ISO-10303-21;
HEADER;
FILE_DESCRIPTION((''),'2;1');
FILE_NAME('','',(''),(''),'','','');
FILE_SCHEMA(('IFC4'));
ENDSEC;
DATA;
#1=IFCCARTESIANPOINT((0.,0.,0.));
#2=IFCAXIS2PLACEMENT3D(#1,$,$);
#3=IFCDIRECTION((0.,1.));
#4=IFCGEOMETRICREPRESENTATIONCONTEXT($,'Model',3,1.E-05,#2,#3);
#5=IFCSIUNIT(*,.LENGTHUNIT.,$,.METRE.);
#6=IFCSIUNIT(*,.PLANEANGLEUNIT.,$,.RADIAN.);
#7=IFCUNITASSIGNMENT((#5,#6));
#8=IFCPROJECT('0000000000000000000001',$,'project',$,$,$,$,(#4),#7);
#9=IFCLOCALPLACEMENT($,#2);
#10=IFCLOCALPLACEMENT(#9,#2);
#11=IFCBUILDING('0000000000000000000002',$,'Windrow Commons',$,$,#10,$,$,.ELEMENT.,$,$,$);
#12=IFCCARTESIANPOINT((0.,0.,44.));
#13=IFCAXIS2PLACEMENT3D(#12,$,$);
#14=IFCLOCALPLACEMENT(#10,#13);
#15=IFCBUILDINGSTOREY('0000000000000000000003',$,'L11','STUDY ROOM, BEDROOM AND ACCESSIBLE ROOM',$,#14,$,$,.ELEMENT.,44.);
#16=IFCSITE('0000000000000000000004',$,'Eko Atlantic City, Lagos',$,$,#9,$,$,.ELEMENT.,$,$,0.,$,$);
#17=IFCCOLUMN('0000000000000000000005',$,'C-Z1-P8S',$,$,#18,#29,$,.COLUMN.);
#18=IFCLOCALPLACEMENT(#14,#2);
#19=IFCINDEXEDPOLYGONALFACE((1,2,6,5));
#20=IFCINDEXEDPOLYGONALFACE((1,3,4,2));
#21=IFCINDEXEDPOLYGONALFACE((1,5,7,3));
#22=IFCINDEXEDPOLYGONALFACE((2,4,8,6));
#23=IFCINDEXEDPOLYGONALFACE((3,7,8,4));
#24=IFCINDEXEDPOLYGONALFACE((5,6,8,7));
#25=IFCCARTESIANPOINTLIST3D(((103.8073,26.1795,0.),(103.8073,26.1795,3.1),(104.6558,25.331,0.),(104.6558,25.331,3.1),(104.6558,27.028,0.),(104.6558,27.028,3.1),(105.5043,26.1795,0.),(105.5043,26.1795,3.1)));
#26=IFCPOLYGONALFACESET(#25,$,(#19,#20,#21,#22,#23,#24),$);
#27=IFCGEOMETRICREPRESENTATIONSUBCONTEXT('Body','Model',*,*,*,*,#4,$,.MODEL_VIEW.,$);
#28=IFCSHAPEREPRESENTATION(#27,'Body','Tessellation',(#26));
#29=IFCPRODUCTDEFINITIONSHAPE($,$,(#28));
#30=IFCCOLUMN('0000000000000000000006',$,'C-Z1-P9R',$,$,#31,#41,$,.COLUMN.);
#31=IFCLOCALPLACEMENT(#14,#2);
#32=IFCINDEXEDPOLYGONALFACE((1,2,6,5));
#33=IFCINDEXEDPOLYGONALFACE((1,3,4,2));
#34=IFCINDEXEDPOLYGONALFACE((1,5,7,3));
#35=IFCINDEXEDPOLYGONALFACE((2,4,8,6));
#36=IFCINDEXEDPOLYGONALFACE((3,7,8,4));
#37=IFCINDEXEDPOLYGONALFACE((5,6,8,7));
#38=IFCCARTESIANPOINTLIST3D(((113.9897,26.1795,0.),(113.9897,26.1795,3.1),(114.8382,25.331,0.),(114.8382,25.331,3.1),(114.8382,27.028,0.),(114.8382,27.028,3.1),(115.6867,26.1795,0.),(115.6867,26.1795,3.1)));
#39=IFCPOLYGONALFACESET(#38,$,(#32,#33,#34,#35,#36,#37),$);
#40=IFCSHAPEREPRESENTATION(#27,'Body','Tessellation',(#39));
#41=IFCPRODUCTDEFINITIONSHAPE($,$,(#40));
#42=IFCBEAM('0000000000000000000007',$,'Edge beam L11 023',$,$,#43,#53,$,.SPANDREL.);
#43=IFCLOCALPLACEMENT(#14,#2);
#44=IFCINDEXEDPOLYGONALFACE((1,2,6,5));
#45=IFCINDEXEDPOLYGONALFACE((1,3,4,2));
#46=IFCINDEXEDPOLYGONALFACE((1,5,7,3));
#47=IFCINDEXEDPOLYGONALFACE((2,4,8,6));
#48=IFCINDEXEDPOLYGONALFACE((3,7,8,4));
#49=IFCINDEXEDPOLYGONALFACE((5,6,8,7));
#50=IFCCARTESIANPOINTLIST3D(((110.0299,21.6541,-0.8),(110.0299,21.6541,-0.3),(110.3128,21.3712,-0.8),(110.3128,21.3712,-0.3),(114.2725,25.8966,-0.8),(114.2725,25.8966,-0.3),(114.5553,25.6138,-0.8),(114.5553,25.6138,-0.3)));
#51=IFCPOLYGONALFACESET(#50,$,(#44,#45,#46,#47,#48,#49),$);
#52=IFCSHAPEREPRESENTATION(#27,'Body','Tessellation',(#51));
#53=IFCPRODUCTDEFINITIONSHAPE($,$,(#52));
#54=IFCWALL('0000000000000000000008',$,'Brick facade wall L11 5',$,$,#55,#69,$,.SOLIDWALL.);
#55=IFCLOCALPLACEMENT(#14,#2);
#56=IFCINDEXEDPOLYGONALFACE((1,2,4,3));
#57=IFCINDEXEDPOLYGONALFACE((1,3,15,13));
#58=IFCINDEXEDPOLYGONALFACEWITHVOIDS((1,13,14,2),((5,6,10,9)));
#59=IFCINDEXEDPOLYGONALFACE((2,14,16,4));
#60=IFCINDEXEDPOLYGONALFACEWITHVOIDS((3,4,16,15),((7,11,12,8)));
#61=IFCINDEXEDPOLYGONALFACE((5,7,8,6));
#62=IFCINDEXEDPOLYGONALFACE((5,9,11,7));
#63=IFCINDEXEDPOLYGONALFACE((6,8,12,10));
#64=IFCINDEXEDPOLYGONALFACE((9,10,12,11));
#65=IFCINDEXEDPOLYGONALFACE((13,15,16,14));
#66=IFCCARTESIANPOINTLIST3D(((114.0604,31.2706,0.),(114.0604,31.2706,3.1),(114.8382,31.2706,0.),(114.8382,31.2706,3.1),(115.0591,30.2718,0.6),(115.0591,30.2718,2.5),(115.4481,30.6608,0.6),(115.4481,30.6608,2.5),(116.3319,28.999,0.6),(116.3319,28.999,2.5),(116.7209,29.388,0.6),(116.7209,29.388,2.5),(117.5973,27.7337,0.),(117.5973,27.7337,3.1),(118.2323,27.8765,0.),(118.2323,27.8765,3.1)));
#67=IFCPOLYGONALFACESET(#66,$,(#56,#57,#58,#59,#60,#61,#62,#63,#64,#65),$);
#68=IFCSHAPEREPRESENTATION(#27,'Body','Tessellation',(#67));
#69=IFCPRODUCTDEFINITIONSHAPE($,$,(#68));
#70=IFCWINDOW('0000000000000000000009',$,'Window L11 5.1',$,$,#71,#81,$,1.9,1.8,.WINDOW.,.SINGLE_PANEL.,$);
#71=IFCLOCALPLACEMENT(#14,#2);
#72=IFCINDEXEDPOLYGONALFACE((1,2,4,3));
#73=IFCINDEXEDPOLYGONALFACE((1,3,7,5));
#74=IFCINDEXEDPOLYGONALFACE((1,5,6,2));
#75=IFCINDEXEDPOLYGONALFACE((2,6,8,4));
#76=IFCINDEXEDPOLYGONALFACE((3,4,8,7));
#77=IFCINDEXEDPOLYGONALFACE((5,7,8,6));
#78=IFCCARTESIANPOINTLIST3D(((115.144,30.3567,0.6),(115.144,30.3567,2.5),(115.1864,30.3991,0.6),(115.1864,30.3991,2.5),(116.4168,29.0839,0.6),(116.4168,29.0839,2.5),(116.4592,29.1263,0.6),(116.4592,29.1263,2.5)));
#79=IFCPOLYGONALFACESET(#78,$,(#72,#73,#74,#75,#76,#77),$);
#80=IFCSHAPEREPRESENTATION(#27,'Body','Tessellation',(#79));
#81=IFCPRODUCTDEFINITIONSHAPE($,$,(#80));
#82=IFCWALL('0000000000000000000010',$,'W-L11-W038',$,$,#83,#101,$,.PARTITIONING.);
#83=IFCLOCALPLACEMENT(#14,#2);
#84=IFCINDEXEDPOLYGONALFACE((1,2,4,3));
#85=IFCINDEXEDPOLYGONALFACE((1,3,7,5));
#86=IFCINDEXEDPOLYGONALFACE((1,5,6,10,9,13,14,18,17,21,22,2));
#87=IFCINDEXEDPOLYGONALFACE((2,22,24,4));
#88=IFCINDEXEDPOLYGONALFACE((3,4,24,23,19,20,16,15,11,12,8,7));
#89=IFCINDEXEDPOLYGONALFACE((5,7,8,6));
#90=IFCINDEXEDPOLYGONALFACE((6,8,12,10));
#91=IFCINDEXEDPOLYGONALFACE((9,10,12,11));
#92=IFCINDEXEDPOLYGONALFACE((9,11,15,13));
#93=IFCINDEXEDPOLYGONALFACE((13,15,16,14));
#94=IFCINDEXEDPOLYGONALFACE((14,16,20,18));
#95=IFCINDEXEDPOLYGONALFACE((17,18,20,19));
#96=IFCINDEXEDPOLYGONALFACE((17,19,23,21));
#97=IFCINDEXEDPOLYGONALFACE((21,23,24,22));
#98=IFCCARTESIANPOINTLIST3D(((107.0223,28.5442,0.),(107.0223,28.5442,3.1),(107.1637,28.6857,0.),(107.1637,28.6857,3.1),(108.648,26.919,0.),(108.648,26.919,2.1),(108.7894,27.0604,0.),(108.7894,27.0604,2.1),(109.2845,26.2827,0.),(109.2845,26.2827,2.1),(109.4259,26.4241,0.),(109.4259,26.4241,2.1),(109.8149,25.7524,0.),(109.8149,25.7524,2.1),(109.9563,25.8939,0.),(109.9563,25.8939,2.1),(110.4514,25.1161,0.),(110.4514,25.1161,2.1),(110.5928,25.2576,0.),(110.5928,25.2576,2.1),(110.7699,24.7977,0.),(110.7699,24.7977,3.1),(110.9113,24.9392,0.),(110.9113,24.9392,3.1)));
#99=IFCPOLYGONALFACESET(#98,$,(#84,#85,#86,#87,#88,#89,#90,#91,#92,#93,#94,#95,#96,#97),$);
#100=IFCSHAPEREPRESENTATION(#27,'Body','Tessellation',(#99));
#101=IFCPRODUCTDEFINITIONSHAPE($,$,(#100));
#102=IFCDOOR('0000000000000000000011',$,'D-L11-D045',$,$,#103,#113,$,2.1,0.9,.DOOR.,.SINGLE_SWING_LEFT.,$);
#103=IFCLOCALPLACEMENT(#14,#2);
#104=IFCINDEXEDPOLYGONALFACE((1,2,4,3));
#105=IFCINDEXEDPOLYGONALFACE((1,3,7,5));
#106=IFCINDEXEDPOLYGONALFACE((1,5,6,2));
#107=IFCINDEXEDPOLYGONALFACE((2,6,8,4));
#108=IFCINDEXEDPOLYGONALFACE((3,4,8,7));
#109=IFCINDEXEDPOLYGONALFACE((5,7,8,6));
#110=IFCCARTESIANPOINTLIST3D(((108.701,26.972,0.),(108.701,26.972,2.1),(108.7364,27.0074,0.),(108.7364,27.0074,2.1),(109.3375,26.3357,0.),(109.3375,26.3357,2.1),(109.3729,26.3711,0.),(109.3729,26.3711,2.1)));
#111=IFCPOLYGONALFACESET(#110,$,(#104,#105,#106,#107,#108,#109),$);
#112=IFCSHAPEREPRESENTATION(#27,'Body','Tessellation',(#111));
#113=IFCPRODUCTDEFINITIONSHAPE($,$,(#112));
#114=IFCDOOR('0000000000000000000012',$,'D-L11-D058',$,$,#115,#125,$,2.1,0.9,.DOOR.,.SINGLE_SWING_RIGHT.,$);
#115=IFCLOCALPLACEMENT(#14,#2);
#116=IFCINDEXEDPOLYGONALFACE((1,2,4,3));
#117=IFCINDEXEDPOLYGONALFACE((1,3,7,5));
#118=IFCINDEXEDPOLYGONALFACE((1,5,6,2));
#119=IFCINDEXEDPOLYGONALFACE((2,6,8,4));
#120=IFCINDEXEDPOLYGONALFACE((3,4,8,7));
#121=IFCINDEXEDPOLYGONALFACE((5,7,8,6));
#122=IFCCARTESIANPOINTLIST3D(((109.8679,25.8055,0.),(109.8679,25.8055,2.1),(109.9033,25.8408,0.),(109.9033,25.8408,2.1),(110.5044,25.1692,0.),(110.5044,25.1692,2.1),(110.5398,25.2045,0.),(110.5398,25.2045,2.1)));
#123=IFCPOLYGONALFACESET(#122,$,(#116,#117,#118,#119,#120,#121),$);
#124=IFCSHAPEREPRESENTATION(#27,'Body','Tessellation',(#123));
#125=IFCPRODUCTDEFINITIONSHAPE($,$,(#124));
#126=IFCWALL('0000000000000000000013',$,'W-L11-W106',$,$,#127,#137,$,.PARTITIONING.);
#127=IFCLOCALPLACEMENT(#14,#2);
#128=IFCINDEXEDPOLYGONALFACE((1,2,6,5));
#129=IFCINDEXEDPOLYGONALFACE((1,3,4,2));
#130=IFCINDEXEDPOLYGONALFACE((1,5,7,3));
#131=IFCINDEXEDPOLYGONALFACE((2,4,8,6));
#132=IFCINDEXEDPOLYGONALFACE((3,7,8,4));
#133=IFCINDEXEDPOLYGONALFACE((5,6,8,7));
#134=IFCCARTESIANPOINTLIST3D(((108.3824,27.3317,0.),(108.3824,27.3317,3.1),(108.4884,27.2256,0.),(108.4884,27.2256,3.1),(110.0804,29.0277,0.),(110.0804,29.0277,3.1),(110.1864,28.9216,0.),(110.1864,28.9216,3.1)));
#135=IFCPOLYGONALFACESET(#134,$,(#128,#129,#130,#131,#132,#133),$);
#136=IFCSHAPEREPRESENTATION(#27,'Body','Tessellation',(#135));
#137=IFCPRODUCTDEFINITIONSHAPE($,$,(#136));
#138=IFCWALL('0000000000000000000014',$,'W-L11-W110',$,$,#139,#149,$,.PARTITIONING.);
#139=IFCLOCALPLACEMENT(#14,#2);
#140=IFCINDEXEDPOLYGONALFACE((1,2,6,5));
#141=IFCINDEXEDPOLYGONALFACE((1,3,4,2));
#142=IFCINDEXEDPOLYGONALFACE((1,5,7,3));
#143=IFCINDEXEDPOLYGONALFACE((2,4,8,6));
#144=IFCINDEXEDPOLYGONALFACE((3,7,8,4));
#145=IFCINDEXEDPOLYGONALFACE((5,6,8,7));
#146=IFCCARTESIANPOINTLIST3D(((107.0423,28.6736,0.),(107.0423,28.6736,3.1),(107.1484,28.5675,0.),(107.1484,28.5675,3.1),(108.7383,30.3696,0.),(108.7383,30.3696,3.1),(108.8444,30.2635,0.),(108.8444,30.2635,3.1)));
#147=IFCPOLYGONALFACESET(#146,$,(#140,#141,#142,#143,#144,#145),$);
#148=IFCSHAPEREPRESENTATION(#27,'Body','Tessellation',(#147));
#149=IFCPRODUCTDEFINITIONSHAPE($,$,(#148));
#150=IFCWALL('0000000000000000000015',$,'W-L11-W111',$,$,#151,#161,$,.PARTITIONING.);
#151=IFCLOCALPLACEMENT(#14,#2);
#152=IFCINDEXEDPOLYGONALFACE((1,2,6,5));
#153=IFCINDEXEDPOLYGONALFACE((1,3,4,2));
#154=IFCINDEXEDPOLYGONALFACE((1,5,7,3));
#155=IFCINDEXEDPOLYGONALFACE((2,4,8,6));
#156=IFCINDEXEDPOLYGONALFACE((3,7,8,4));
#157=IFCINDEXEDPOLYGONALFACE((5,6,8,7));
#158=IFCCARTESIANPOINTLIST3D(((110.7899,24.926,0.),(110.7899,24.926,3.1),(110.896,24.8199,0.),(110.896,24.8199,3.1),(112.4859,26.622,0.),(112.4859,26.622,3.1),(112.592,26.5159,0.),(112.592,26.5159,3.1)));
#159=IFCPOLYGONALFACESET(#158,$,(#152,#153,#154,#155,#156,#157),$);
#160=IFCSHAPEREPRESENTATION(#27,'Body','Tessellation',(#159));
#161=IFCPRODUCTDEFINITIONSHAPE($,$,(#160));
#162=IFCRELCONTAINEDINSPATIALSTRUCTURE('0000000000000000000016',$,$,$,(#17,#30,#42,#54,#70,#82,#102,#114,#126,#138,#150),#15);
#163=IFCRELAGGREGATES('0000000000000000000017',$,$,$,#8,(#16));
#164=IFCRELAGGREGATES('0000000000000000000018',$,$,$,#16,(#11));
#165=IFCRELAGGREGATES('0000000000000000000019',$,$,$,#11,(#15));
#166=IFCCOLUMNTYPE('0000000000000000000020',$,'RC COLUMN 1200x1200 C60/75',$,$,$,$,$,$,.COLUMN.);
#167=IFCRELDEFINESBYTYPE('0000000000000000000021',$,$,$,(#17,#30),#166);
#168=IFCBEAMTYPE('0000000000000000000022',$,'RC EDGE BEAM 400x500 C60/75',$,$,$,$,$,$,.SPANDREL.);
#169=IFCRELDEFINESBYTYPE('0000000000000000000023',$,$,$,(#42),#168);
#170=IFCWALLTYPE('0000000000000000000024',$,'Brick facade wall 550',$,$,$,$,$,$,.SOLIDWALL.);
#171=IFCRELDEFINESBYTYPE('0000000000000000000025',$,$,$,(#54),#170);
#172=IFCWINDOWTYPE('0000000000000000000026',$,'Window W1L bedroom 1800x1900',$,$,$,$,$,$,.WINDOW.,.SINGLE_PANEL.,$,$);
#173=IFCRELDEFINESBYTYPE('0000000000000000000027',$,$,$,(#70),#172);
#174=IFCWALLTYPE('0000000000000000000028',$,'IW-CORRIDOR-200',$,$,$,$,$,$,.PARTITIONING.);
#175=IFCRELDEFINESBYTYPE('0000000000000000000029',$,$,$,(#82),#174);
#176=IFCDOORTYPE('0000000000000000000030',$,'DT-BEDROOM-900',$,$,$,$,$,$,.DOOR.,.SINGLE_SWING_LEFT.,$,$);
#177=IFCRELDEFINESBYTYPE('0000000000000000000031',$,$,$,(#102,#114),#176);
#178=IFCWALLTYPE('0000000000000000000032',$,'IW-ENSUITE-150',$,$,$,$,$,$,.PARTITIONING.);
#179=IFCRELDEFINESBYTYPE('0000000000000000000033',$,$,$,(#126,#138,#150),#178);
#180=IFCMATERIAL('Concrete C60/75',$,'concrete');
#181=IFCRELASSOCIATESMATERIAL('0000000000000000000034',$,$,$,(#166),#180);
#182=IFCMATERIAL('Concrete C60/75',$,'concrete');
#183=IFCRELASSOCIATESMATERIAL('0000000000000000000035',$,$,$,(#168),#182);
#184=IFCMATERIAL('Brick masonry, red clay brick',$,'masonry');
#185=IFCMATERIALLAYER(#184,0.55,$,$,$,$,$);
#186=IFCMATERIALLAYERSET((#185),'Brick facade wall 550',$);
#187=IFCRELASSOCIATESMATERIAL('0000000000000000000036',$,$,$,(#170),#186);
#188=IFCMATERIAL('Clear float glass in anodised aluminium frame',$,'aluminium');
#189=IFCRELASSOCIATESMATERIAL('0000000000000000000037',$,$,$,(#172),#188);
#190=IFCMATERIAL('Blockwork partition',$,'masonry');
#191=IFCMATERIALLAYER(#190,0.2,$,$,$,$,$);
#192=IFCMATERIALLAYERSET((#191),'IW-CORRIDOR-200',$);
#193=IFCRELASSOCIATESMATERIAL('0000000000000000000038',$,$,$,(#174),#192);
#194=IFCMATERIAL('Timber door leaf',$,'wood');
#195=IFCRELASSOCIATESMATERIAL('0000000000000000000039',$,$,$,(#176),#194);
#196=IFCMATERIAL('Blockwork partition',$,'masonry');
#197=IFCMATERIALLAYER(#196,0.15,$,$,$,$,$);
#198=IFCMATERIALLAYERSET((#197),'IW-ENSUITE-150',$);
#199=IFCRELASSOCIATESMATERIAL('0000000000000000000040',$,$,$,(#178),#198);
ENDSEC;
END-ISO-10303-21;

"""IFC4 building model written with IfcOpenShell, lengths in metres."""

from ifc_helpers import new_model, si_unit, direction, frame, frame_2d, origin, origin_2d, place, context, subcontext, project, spatial, polyline, rectangle, outline, extrude, material, layer, layer_set, material_profile, profile_set, type_object, element, fill, save


model = new_model("IFC4")

# Units and contexts
model_context = context("Model", 3, precision=1e-05, world=origin(), true_north=direction((0.0, 1.0)))
body_context = subcontext(model_context, "Body", "Model", "MODEL_VIEW")
ifc_project = project(units=[si_unit("LENGTHUNIT", "METRE"), si_unit("PLANEANGLEUNIT", "RADIAN")], contexts=[model_context])

# Site, building, storey
site_placement = place(None, origin())
site = spatial("IfcSite", under=ifc_project, at=site_placement, Name="Eko Atlantic City, Lagos", CompositionType="ELEMENT", RefElevation=0.0)
building_placement = place(site_placement, origin())
building = spatial("IfcBuilding", under=site, at=building_placement, Name="Windrow Commons", CompositionType="ELEMENT")
storey_placement = place(building_placement, frame((0.0, 0.0, 44.0)))
storey = spatial("IfcBuildingStorey", under=building, at=storey_placement, Name="L11", Description="STUDY ROOM, BEDROOM AND ACCESSIBLE ROOM", CompositionType="ELEMENT", Elevation=44.0)

# Columns
ifc_material_1 = material(Name="Concrete C60/75", Category="concrete")
ifc_material_profile_1 = material_profile(ifc_material_1, rectangle(XDim=1.2, YDim=1.2, at=origin_2d()))
ifc_profile_set_1 = profile_set([ifc_material_profile_1], Name="Concrete C60/75")
column_type = type_object("IfcColumnType", Name="RC COLUMN 1200x1200 C60/75", PredefinedType="COLUMN", material=ifc_profile_set_1)
for number, where, z_axis, x_axis, name in (
    (1, (104.6558, 26.1795, 0.0), (0.0, 0.0, 1.0), (0.707107, -0.707107, 0.0), "C-Z1-P8S"),
    (2, (114.8382, 26.1795, 0.0), (0.0, 0.0, 1.0), (0.707107, -0.707107, 0.0), "C-Z1-P9R"),
):
    element("IfcColumn", number, at=place(storey_placement, frame(where, z_axis=z_axis, x_axis=x_axis)), inside=storey, type_object=column_type, Name=name, PredefinedType="COLUMN", context=body_context, shape_type="SweptSolid", body=[
        extrude(rectangle(XDim=1.2, YDim=1.2, at=origin_2d()), origin(), (0.0, 0.0, 1.0), 3.1),
    ])

# Beam
ifc_material_2 = material(Name="Concrete C60/75", Category="concrete")
ifc_material_profile_2 = material_profile(ifc_material_2, rectangle(XDim=0.4, YDim=0.5, at=origin_2d()))
ifc_profile_set_2 = profile_set([ifc_material_profile_2], Name="Concrete C60/75")
beam_type = type_object("IfcBeamType", Name="RC EDGE BEAM 400x500 C60/75", PredefinedType="SPANDREL", material=ifc_profile_set_2)
beam_placement = place(storey_placement, frame((114.4139, 25.7552, -0.55), z_axis=(-0.707107, -0.707107, 0.0), x_axis=(0.707107, -0.707107, 0.0)))
element("IfcBeam", 3, at=beam_placement, inside=storey, type_object=beam_type, Name="Edge beam L11 023", PredefinedType="SPANDREL", context=body_context, shape_type="SweptSolid", body=[
    extrude(rectangle(XDim=0.4, YDim=0.5, at=origin_2d()), origin(), (0.0, 0.0, 1.0), 5.9999),
])

# Wall, opening, window
ifc_material_3 = material(Name="Brick masonry, red clay brick", Category="masonry")
ifc_layer_1 = layer(ifc_material_3, 0.55)
ifc_layer_set_1 = layer_set([ifc_layer_1], Name="Brick facade wall 550")
wall_type_1 = type_object("IfcWallType", Name="Brick facade wall 550", PredefinedType="SOLIDWALL", material=ifc_layer_set_1)
wall_1_placement = place(storey_placement, frame((117.9148, 27.8051, 0.0), z_axis=(0.0, 0.0, 1.0), x_axis=(-0.707107, 0.707107, 0.0)))
wall_1 = element("IfcWall", 4, at=wall_1_placement, inside=storey, type_object=wall_type_1, Name="Brick facade wall L11 5", PredefinedType="SOLIDWALL", context=body_context, shape_type="SweptSolid", body=[
    extrude(outline(polyline([(-0.174, -0.275), (4.626, -0.275), (5.176, 0.275), (0.174, 0.275), (-0.174, -0.275)])), origin(), (0.0, 0.0, 1.0), 3.1),
])
opening_1_placement = place(wall_1_placement, frame((1.9635, 0.0, 0.6)))
opening_1 = element("IfcOpeningElement", 5, at=opening_1_placement, cuts=wall_1, PredefinedType="OPENING", context=body_context, shape_type="SweptSolid", body=[
    extrude(rectangle(XDim=1.8, YDim=1.9, at=frame_2d((0.9, 0.95))), frame((0.0, 0.285, 0.0), z_axis=(0.0, -1.0, 0.0), x_axis=(1.0, 0.0, 0.0)), (0.0, 0.0, 1.0), 0.57),
])
ifc_material_4 = material(Name="Clear float glass in anodised aluminium frame", Category="aluminium")
window_type = type_object("IfcWindowType", Name="Window W1L bedroom 1800x1900", PartitioningType="SINGLE_PANEL", PredefinedType="WINDOW", material=ifc_material_4)
window_placement = place(opening_1_placement, origin())
window = element("IfcWindow", 6, at=window_placement, inside=storey, type_object=window_type, Name="Window L11 5.1", OverallHeight=1.9, OverallWidth=1.8, PartitioningType="SINGLE_PANEL", PredefinedType="WINDOW", context=body_context, shape_type="SweptSolid", body=[
    extrude(rectangle(XDim=1.8, YDim=1.9, at=frame_2d((0.9, 0.95))), frame((0.0, 0.155, 0.0), z_axis=(0.0, -1.0, 0.0), x_axis=(1.0, 0.0, 0.0)), (0.0, 0.0, 1.0), 0.06),
])
fill(opening_1, window)

# Wall, openings, doors
ifc_material_5 = material(Name="Blockwork partition", Category="masonry")
ifc_layer_2 = layer(ifc_material_5, 0.2)
ifc_layer_set_2 = layer_set([ifc_layer_2], Name="IW-CORRIDOR-200")
wall_type_2 = type_object("IfcWallType", Name="IW-CORRIDOR-200", PredefinedType="PARTITIONING", material=ifc_layer_set_2)
wall_2_placement = place(storey_placement, frame((107.093, 28.615, 0.0), z_axis=(0.0, 0.0, 1.0), x_axis=(0.707201, -0.707012, 0.0)))
wall_2 = element("IfcWall", 7, at=wall_2_placement, inside=storey, type_object=wall_type_2, Name="W-L11-W038", PredefinedType="PARTITIONING", context=body_context, shape_type="SweptSolid", body=[
    extrude(rectangle(XDim=5.2991, YDim=0.2, at=frame_2d((2.6496, 0.0))), origin(), (0.0, 0.0, 1.0), 3.1),
])
opening_2_placement = place(wall_2_placement, frame((2.2988, 0.0, 0.0)))
opening_2 = element("IfcOpeningElement", 8, at=opening_2_placement, cuts=wall_2, PredefinedType="OPENING", context=body_context, shape_type="SweptSolid", body=[
    extrude(rectangle(XDim=0.9, YDim=2.1, at=frame_2d((0.45, 1.05))), frame((0.0, 0.11, 0.0), z_axis=(0.0, -1.0, 0.0), x_axis=(1.0, 0.0, 0.0)), (0.0, 0.0, 1.0), 0.22),
])
opening_3_placement = place(wall_2_placement, frame((3.9488, 0.0, 0.0)))
opening_3 = element("IfcOpeningElement", 9, at=opening_3_placement, cuts=wall_2, PredefinedType="OPENING", context=body_context, shape_type="SweptSolid", body=[
    extrude(rectangle(XDim=0.9, YDim=2.1, at=frame_2d((0.45, 1.05))), frame((0.0, 0.11, 0.0), z_axis=(0.0, -1.0, 0.0), x_axis=(1.0, 0.0, 0.0)), (0.0, 0.0, 1.0), 0.22),
])
ifc_material_6 = material(Name="Timber door leaf", Category="wood")
door_type_1 = type_object("IfcDoorType", Name="DT-BEDROOM-900", OperationType="SINGLE_SWING_LEFT", PredefinedType="DOOR", material=ifc_material_6)
door_1_placement = place(opening_2_placement, origin())
door_1 = element("IfcDoor", 10, at=door_1_placement, inside=storey, type_object=door_type_1, Name="D-L11-D045", OperationType="SINGLE_SWING_LEFT", OverallHeight=2.1, OverallWidth=0.9, PredefinedType="DOOR", context=body_context, shape_type="SweptSolid", body=[
    extrude(rectangle(XDim=0.9, YDim=2.1, at=frame_2d((0.45, 1.05))), frame((0.0, 0.025, 0.0), z_axis=(0.0, -1.0, 0.0), x_axis=(1.0, 0.0, 0.0)), (0.0, 0.0, 1.0), 0.05),
])
fill(opening_2, door_1)
door_2_placement = place(opening_3_placement, origin())
door_2 = element("IfcDoor", 11, at=door_2_placement, inside=storey, type_object=door_type_1, Name="D-L11-D058", OperationType="SINGLE_SWING_RIGHT", OverallHeight=2.1, OverallWidth=0.9, PredefinedType="DOOR", context=body_context, shape_type="SweptSolid", body=[
    extrude(rectangle(XDim=0.9, YDim=2.1, at=frame_2d((0.45, 1.05))), frame((0.0, 0.025, 0.0), z_axis=(0.0, -1.0, 0.0), x_axis=(1.0, 0.0, 0.0)), (0.0, 0.0, 1.0), 0.05),
])
fill(opening_3, door_2)

# Walls
ifc_material_7 = material(Name="Blockwork partition", Category="masonry")
ifc_layer_3 = layer(ifc_material_7, 0.15)
ifc_layer_set_3 = layer_set([ifc_layer_3], Name="IW-ENSUITE-150")
wall_type_3 = type_object("IfcWallType", Name="IW-ENSUITE-150", PredefinedType="PARTITIONING", material=ifc_layer_set_3)
wall_3_placement = place(storey_placement, frame((108.4354, 27.2786, 0.0), z_axis=(0.0, 0.0, 1.0), x_axis=(0.707523, 0.70669, 0.0)))
element("IfcWall", 12, at=wall_3_placement, inside=storey, type_object=wall_type_3, Name="W-L11-W106", PredefinedType="PARTITIONING", context=body_context, shape_type="SweptSolid", body=[
    extrude(rectangle(XDim=2.3999, YDim=0.15, at=frame_2d((1.2, 0.0))), origin(), (0.0, 0.0, 1.0), 3.1),
])
for number, where, z_axis, x_axis, name in (
    (13, (107.0954, 28.6206, 0.0), (0.0, 0.0, 1.0), (0.707107, 0.707107, 0.0), "W-L11-W110"),
    (14, (110.843, 24.873, 0.0), (0.0, 0.0, 1.0), (0.707107, 0.707107, 0.0), "W-L11-W111"),
):
    element("IfcWall", number, at=place(storey_placement, frame(where, z_axis=z_axis, x_axis=x_axis)), inside=storey, type_object=wall_type_3, Name=name, PredefinedType="PARTITIONING", context=body_context, shape_type="SweptSolid", body=[
        extrude(rectangle(XDim=2.3985, YDim=0.15, at=frame_2d((1.1992, 0.0))), origin(), (0.0, 0.0, 1.0), 3.1),
    ])

save(model, "model.ifc")
